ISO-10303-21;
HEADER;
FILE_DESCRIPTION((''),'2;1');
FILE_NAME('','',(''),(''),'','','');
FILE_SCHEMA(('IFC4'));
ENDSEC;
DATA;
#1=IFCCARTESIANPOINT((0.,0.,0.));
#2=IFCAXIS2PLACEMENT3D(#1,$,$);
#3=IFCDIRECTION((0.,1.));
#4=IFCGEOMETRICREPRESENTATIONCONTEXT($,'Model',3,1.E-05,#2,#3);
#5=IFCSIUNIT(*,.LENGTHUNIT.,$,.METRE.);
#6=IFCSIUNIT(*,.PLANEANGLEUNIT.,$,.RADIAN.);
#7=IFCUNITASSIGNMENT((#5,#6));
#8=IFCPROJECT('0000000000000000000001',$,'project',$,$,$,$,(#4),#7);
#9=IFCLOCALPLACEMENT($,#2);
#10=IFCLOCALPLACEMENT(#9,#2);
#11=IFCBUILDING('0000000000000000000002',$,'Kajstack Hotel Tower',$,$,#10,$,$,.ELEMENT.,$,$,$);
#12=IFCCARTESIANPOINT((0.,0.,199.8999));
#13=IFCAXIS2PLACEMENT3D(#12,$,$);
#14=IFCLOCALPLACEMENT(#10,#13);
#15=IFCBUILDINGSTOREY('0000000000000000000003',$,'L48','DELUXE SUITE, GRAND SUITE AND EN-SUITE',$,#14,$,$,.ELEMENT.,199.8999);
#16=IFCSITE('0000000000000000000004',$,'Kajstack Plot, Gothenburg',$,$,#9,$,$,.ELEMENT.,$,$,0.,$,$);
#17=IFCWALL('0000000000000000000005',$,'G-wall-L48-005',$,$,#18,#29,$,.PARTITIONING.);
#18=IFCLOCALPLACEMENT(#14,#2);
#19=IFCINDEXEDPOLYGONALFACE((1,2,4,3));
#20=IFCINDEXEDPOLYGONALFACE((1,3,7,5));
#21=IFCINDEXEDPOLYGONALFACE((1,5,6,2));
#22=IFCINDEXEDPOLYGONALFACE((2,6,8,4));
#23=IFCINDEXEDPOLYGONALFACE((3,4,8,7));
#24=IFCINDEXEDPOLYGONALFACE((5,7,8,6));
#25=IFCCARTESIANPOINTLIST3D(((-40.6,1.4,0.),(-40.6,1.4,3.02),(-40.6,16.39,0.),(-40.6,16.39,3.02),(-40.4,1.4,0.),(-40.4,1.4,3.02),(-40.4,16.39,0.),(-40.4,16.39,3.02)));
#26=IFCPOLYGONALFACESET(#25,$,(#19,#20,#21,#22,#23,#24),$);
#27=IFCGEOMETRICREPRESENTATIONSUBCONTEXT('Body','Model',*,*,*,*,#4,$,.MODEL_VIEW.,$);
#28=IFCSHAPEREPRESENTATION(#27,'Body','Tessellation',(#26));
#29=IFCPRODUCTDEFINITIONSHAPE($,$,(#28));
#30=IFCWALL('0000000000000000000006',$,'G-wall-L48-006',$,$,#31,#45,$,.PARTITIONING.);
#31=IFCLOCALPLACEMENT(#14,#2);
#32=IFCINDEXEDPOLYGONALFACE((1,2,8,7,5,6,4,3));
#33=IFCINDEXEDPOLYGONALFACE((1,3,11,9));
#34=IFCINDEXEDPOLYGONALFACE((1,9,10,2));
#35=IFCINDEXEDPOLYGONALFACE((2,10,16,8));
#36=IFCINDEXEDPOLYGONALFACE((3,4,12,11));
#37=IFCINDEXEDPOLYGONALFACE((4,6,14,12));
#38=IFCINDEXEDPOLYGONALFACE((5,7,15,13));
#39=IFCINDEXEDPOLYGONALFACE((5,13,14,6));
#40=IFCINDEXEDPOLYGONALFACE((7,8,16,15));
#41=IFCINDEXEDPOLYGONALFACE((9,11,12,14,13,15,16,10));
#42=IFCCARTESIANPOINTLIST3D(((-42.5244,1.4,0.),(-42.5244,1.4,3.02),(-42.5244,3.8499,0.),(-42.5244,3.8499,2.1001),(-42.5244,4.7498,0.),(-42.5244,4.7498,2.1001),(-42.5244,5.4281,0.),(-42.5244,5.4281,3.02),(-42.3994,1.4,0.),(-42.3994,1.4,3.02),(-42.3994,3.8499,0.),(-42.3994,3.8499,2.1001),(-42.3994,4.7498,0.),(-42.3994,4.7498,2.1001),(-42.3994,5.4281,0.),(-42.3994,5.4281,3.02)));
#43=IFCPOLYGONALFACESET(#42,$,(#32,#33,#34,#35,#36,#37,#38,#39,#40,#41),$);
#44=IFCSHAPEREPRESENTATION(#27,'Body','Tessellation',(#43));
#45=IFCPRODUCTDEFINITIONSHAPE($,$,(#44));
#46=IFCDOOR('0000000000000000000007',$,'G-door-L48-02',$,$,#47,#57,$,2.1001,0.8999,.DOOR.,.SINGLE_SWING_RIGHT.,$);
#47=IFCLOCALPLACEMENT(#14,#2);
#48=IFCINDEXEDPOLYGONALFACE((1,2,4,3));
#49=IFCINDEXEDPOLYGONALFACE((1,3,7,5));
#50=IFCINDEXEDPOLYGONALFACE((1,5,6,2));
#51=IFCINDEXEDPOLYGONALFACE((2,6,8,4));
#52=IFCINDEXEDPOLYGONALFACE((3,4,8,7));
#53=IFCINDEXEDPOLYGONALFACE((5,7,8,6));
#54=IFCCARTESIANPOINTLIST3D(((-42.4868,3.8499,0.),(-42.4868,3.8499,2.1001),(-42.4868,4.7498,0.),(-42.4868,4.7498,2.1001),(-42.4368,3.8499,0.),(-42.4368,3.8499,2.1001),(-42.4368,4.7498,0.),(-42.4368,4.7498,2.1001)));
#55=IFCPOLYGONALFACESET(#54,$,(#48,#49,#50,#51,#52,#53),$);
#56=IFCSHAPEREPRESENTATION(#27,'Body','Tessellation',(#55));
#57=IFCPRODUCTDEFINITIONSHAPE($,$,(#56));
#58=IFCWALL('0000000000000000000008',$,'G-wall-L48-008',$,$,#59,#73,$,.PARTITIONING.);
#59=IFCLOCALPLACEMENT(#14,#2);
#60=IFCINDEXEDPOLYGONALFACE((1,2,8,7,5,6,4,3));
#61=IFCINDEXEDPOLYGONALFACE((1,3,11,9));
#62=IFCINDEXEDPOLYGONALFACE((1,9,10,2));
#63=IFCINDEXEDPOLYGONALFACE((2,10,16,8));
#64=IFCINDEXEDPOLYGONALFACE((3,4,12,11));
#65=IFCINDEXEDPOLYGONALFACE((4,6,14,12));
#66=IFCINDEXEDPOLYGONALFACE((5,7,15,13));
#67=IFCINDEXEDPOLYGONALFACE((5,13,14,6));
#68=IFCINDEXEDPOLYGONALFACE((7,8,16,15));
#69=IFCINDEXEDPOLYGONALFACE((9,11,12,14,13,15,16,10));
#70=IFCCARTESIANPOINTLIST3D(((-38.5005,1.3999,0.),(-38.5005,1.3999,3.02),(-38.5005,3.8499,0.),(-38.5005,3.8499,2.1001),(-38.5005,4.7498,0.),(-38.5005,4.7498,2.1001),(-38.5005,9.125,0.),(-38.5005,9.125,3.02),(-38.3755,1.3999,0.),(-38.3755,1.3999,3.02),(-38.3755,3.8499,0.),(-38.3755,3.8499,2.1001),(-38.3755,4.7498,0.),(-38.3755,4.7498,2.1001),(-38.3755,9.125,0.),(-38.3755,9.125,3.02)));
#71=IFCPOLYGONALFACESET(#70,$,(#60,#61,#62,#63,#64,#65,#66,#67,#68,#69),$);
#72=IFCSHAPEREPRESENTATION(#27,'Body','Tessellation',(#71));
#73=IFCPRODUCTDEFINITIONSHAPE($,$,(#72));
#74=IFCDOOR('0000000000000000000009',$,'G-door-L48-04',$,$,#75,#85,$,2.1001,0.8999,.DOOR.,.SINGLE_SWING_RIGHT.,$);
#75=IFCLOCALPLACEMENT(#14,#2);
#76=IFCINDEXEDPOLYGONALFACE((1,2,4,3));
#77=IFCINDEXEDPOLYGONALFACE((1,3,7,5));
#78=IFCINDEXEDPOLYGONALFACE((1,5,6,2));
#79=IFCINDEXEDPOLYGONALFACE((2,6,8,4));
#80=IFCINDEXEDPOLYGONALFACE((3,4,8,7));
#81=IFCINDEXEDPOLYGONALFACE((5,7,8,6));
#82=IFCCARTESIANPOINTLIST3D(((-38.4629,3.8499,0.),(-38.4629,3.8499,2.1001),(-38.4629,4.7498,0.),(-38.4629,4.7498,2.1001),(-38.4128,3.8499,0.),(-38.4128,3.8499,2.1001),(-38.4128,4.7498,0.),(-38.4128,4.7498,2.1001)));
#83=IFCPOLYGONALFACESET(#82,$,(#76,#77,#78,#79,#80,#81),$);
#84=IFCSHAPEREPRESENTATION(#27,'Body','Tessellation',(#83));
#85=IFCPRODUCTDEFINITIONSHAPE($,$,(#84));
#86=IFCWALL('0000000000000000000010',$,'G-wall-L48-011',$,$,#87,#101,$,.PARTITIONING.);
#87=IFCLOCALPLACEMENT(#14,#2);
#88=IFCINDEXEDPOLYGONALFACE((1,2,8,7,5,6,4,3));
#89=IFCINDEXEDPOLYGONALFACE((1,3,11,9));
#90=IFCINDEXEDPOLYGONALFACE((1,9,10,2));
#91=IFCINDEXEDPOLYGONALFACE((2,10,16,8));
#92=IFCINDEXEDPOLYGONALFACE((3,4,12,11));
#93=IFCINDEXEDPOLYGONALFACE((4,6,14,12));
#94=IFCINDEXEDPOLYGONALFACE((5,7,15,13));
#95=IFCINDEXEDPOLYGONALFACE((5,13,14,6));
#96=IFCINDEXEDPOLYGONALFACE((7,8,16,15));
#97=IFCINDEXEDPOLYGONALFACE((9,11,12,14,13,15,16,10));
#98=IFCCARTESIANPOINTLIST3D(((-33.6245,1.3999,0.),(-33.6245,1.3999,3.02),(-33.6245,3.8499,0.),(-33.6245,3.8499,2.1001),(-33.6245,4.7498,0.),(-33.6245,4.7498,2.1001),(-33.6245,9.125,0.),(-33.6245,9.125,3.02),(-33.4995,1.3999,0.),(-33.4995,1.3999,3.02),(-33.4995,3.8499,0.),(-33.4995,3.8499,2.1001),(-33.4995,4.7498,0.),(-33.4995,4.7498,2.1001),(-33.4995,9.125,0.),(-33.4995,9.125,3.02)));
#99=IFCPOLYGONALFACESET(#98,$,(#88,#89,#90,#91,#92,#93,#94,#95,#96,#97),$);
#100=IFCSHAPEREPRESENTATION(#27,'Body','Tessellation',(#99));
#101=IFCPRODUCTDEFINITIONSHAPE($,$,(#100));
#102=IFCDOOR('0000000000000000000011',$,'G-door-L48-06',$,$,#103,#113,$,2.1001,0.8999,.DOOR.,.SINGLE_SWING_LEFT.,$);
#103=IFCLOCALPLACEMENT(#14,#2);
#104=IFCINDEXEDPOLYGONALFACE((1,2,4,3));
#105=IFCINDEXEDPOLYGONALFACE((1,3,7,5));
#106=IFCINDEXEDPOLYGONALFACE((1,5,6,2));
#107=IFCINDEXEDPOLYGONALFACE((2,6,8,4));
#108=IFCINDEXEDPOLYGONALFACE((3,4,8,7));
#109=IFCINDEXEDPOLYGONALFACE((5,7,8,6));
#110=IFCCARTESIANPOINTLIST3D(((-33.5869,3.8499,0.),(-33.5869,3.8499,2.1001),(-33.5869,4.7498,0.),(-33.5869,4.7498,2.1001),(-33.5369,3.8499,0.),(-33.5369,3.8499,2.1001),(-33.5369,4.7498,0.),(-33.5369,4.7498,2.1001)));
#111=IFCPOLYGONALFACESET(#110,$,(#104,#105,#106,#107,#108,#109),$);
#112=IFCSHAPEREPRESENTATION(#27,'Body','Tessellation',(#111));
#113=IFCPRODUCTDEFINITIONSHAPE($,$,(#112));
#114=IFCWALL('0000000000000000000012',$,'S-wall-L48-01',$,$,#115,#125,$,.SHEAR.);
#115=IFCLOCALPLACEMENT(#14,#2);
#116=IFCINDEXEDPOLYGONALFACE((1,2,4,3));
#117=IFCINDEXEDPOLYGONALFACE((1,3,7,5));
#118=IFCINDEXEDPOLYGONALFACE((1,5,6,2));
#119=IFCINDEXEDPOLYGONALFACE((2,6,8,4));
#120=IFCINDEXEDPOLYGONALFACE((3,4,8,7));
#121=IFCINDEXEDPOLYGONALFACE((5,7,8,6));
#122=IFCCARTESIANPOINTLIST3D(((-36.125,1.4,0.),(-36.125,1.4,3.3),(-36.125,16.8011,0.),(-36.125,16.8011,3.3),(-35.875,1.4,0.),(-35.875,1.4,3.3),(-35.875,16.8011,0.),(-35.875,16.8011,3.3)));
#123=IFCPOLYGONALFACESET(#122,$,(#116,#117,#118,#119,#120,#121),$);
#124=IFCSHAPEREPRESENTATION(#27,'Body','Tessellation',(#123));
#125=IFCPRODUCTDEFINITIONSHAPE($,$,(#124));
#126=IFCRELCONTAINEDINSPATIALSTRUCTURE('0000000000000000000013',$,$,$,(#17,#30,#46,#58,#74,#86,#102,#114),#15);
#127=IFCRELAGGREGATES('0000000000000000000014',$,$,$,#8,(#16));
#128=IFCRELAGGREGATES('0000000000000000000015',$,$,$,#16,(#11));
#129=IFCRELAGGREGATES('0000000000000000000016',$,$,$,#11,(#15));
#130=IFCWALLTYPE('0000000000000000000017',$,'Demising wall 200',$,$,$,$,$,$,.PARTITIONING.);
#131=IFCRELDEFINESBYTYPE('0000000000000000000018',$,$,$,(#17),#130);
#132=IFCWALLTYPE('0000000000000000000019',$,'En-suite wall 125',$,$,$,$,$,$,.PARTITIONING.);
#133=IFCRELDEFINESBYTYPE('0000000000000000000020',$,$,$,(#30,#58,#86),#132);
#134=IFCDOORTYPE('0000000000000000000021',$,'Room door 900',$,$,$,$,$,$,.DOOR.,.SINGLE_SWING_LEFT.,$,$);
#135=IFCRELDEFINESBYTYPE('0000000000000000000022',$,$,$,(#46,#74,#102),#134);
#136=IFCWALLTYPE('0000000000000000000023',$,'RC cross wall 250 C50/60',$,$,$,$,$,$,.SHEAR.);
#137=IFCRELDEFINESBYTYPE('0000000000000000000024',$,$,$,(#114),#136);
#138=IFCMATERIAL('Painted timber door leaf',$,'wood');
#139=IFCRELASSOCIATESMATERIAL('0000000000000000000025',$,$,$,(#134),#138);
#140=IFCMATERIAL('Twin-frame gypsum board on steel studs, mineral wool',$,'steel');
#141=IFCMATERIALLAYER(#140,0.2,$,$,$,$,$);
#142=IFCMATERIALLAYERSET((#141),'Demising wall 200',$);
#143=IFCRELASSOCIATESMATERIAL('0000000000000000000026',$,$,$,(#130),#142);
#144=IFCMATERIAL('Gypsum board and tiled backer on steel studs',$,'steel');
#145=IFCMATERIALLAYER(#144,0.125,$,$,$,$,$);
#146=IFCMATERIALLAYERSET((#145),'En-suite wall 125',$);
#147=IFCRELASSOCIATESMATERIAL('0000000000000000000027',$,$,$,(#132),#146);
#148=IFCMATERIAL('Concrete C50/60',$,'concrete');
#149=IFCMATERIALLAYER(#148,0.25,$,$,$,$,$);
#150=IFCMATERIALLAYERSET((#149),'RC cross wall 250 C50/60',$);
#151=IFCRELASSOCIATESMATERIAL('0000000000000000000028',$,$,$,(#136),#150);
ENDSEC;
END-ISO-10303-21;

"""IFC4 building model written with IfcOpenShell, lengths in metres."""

from ifc_helpers import new_model, si_unit, direction, frame, frame_2d, origin, place, context, subcontext, project, spatial, rectangle, extrude, material, layer, layer_set, type_object, element, fill, save


model = new_model("IFC4")

# Units and contexts
model_context = context("Model", 3, precision=1e-05, world=origin(), true_north=direction((0.0, 1.0)))
body_context = subcontext(model_context, "Body", "Model", "MODEL_VIEW")
ifc_project = project(units=[si_unit("LENGTHUNIT", "METRE"), si_unit("PLANEANGLEUNIT", "RADIAN")], contexts=[model_context])

# Site, building, storey
site_placement = place(None, origin())
site = spatial("IfcSite", under=ifc_project, at=site_placement, Name="Kajstack Plot, Gothenburg", CompositionType="ELEMENT", RefElevation=0.0)
building_placement = place(site_placement, origin())
building = spatial("IfcBuilding", under=site, at=building_placement, Name="Kajstack Hotel Tower", CompositionType="ELEMENT")
storey_placement = place(building_placement, frame((0.0, 0.0, 199.8999)))
storey = spatial("IfcBuildingStorey", under=building, at=storey_placement, Name="L48", Description="DELUXE SUITE, GRAND SUITE AND EN-SUITE", CompositionType="ELEMENT", Elevation=199.8999)

# Shared definitions
ifc_material_1 = material(Name="Painted timber door leaf", Category="wood")
door_type_1 = type_object("IfcDoorType", Name="Room door 900", OperationType="SINGLE_SWING_LEFT", PredefinedType="DOOR", material=ifc_material_1)

# Wall
ifc_material_2 = material(Name="Twin-frame gypsum board on steel studs, mineral wool", Category="steel")
ifc_layer_1 = layer(ifc_material_2, 0.2)
ifc_layer_set_1 = layer_set([ifc_layer_1], Name="Demising wall 200")
wall_type_1 = type_object("IfcWallType", Name="Demising wall 200", PredefinedType="PARTITIONING", material=ifc_layer_set_1)
wall_1_placement = place(storey_placement, frame((-40.5, 1.3999, 0.0), z_axis=(0.0, 0.0, 1.0), x_axis=(0.0, 1.0, 0.0)))
element("IfcWall", 1, at=wall_1_placement, inside=storey, type_object=wall_type_1, Name="G-wall-L48-005", PredefinedType="PARTITIONING", context=body_context, shape_type="SweptSolid", body=[
    extrude(rectangle(XDim=14.99, YDim=0.2, at=frame_2d((7.4951, 0.0))), origin(), (0.0, 0.0, 1.0), 3.02),
])

# Walls, openings, doors
ifc_material_3 = material(Name="Gypsum board and tiled backer on steel studs", Category="steel")
ifc_layer_2 = layer(ifc_material_3, 0.125)
ifc_layer_set_2 = layer_set([ifc_layer_2], Name="En-suite wall 125")
wall_type_2 = type_object("IfcWallType", Name="En-suite wall 125", PredefinedType="PARTITIONING", material=ifc_layer_set_2)
wall_2_placement = place(storey_placement, frame((-42.4619, 1.3999, 0.0), z_axis=(0.0, 0.0, 1.0), x_axis=(0.0, 1.0, 0.0)))
wall_2 = element("IfcWall", 2, at=wall_2_placement, inside=storey, type_object=wall_type_2, Name="G-wall-L48-006", PredefinedType="PARTITIONING", context=body_context, shape_type="SweptSolid", body=[
    extrude(rectangle(XDim=4.0281, YDim=0.125, at=frame_2d((2.0142, 0.0))), origin(), (0.0, 0.0, 1.0), 3.02),
])
opening_1_placement = place(wall_2_placement, frame((2.45, 0.0, 0.0)))
opening_1 = element("IfcOpeningElement", 3, at=opening_1_placement, cuts=wall_2, PredefinedType="OPENING", context=body_context, shape_type="SweptSolid", body=[
    extrude(rectangle(XDim=0.8999, YDim=2.1001, at=frame_2d((0.45, 1.05))), frame((0.0, 0.0725, 0.0), z_axis=(0.0, -1.0, 0.0), x_axis=(1.0, 0.0, 0.0)), (0.0, 0.0, 1.0), 0.145),
])
door_1_placement = place(opening_1_placement, origin())
door_1 = element("IfcDoor", 4, at=door_1_placement, inside=storey, type_object=door_type_1, Name="G-door-L48-02", OperationType="SINGLE_SWING_RIGHT", OverallHeight=2.1001, OverallWidth=0.8999, PredefinedType="DOOR", context=body_context, shape_type="SweptSolid", body=[
    extrude(rectangle(XDim=0.8999, YDim=2.1001, at=frame_2d((0.45, 1.05))), frame((0.0, 0.0249, 0.0), z_axis=(0.0, -1.0, 0.0), x_axis=(1.0, 0.0, 0.0)), (0.0, 0.0, 1.0), 0.05),
])
fill(opening_1, door_1)
wall_3_placement = place(storey_placement, frame((-38.438, 1.3999, 0.0), z_axis=(0.0, 0.0, 1.0), x_axis=(0.0, 1.0, 0.0)))
wall_3 = element("IfcWall", 5, at=wall_3_placement, inside=storey, type_object=wall_type_2, Name="G-wall-L48-008", PredefinedType="PARTITIONING", context=body_context, shape_type="SweptSolid", body=[
    extrude(rectangle(XDim=7.7251, YDim=0.125, at=frame_2d((3.8625, 0.0))), origin(), (0.0, 0.0, 1.0), 3.02),
])
opening_2_placement = place(wall_3_placement, frame((2.45, 0.0, 0.0)))
opening_2 = element("IfcOpeningElement", 6, at=opening_2_placement, cuts=wall_3, PredefinedType="OPENING", context=body_context, shape_type="SweptSolid", body=[
    extrude(rectangle(XDim=0.8999, YDim=2.1001, at=frame_2d((0.45, 1.05))), frame((0.0, 0.0725, 0.0), z_axis=(0.0, -1.0, 0.0), x_axis=(1.0, 0.0, 0.0)), (0.0, 0.0, 1.0), 0.145),
])
door_2_placement = place(opening_2_placement, origin())
door_2 = element("IfcDoor", 7, at=door_2_placement, inside=storey, type_object=door_type_1, Name="G-door-L48-04", OperationType="SINGLE_SWING_RIGHT", OverallHeight=2.1001, OverallWidth=0.8999, PredefinedType="DOOR", context=body_context, shape_type="SweptSolid", body=[
    extrude(rectangle(XDim=0.8999, YDim=2.1001, at=frame_2d((0.45, 1.05))), frame((0.0, 0.0249, 0.0), z_axis=(0.0, -1.0, 0.0), x_axis=(1.0, 0.0, 0.0)), (0.0, 0.0, 1.0), 0.05),
])
fill(opening_2, door_2)
wall_4_placement = place(storey_placement, frame((-33.562, 1.3999, 0.0), z_axis=(0.0, 0.0, 1.0), x_axis=(0.0, 1.0, 0.0)))
wall_4 = element("IfcWall", 8, at=wall_4_placement, inside=storey, type_object=wall_type_2, Name="G-wall-L48-011", PredefinedType="PARTITIONING", context=body_context, shape_type="SweptSolid", body=[
    extrude(rectangle(XDim=7.7251, YDim=0.125, at=frame_2d((3.8625, 0.0))), origin(), (0.0, 0.0, 1.0), 3.02),
])
opening_3_placement = place(wall_4_placement, frame((2.45, 0.0, 0.0)))
opening_3 = element("IfcOpeningElement", 9, at=opening_3_placement, cuts=wall_4, PredefinedType="OPENING", context=body_context, shape_type="SweptSolid", body=[
    extrude(rectangle(XDim=0.8999, YDim=2.1001, at=frame_2d((0.45, 1.05))), frame((0.0, 0.0725, 0.0), z_axis=(0.0, -1.0, 0.0), x_axis=(1.0, 0.0, 0.0)), (0.0, 0.0, 1.0), 0.145),
])
door_3_placement = place(opening_3_placement, origin())
door_3 = element("IfcDoor", 10, at=door_3_placement, inside=storey, type_object=door_type_1, Name="G-door-L48-06", OperationType="SINGLE_SWING_LEFT", OverallHeight=2.1001, OverallWidth=0.8999, PredefinedType="DOOR", context=body_context, shape_type="SweptSolid", body=[
    extrude(rectangle(XDim=0.8999, YDim=2.1001, at=frame_2d((0.45, 1.05))), frame((0.0, 0.0249, 0.0), z_axis=(0.0, -1.0, 0.0), x_axis=(1.0, 0.0, 0.0)), (0.0, 0.0, 1.0), 0.05),
])
fill(opening_3, door_3)

# Wall
ifc_material_4 = material(Name="Concrete C50/60", Category="concrete")
ifc_layer_3 = layer(ifc_material_4, 0.25)
ifc_layer_set_3 = layer_set([ifc_layer_3], Name="RC cross wall 250 C50/60")
wall_type_3 = type_object("IfcWallType", Name="RC cross wall 250 C50/60", PredefinedType="SHEAR", material=ifc_layer_set_3)
wall_5_placement = place(storey_placement, frame((-36.0, 1.3999, 0.0), z_axis=(0.0, 0.0, 1.0), x_axis=(0.0, 1.0, 0.0)))
element("IfcWall", 11, at=wall_5_placement, inside=storey, type_object=wall_type_3, Name="S-wall-L48-01", PredefinedType="SHEAR", context=body_context, shape_type="SweptSolid", body=[
    extrude(rectangle(XDim=15.4011, YDim=0.25, at=frame_2d((7.7007, 0.0))), origin(), (0.0, 0.0, 1.0), 3.3),
])

save(model, "model.ifc")
